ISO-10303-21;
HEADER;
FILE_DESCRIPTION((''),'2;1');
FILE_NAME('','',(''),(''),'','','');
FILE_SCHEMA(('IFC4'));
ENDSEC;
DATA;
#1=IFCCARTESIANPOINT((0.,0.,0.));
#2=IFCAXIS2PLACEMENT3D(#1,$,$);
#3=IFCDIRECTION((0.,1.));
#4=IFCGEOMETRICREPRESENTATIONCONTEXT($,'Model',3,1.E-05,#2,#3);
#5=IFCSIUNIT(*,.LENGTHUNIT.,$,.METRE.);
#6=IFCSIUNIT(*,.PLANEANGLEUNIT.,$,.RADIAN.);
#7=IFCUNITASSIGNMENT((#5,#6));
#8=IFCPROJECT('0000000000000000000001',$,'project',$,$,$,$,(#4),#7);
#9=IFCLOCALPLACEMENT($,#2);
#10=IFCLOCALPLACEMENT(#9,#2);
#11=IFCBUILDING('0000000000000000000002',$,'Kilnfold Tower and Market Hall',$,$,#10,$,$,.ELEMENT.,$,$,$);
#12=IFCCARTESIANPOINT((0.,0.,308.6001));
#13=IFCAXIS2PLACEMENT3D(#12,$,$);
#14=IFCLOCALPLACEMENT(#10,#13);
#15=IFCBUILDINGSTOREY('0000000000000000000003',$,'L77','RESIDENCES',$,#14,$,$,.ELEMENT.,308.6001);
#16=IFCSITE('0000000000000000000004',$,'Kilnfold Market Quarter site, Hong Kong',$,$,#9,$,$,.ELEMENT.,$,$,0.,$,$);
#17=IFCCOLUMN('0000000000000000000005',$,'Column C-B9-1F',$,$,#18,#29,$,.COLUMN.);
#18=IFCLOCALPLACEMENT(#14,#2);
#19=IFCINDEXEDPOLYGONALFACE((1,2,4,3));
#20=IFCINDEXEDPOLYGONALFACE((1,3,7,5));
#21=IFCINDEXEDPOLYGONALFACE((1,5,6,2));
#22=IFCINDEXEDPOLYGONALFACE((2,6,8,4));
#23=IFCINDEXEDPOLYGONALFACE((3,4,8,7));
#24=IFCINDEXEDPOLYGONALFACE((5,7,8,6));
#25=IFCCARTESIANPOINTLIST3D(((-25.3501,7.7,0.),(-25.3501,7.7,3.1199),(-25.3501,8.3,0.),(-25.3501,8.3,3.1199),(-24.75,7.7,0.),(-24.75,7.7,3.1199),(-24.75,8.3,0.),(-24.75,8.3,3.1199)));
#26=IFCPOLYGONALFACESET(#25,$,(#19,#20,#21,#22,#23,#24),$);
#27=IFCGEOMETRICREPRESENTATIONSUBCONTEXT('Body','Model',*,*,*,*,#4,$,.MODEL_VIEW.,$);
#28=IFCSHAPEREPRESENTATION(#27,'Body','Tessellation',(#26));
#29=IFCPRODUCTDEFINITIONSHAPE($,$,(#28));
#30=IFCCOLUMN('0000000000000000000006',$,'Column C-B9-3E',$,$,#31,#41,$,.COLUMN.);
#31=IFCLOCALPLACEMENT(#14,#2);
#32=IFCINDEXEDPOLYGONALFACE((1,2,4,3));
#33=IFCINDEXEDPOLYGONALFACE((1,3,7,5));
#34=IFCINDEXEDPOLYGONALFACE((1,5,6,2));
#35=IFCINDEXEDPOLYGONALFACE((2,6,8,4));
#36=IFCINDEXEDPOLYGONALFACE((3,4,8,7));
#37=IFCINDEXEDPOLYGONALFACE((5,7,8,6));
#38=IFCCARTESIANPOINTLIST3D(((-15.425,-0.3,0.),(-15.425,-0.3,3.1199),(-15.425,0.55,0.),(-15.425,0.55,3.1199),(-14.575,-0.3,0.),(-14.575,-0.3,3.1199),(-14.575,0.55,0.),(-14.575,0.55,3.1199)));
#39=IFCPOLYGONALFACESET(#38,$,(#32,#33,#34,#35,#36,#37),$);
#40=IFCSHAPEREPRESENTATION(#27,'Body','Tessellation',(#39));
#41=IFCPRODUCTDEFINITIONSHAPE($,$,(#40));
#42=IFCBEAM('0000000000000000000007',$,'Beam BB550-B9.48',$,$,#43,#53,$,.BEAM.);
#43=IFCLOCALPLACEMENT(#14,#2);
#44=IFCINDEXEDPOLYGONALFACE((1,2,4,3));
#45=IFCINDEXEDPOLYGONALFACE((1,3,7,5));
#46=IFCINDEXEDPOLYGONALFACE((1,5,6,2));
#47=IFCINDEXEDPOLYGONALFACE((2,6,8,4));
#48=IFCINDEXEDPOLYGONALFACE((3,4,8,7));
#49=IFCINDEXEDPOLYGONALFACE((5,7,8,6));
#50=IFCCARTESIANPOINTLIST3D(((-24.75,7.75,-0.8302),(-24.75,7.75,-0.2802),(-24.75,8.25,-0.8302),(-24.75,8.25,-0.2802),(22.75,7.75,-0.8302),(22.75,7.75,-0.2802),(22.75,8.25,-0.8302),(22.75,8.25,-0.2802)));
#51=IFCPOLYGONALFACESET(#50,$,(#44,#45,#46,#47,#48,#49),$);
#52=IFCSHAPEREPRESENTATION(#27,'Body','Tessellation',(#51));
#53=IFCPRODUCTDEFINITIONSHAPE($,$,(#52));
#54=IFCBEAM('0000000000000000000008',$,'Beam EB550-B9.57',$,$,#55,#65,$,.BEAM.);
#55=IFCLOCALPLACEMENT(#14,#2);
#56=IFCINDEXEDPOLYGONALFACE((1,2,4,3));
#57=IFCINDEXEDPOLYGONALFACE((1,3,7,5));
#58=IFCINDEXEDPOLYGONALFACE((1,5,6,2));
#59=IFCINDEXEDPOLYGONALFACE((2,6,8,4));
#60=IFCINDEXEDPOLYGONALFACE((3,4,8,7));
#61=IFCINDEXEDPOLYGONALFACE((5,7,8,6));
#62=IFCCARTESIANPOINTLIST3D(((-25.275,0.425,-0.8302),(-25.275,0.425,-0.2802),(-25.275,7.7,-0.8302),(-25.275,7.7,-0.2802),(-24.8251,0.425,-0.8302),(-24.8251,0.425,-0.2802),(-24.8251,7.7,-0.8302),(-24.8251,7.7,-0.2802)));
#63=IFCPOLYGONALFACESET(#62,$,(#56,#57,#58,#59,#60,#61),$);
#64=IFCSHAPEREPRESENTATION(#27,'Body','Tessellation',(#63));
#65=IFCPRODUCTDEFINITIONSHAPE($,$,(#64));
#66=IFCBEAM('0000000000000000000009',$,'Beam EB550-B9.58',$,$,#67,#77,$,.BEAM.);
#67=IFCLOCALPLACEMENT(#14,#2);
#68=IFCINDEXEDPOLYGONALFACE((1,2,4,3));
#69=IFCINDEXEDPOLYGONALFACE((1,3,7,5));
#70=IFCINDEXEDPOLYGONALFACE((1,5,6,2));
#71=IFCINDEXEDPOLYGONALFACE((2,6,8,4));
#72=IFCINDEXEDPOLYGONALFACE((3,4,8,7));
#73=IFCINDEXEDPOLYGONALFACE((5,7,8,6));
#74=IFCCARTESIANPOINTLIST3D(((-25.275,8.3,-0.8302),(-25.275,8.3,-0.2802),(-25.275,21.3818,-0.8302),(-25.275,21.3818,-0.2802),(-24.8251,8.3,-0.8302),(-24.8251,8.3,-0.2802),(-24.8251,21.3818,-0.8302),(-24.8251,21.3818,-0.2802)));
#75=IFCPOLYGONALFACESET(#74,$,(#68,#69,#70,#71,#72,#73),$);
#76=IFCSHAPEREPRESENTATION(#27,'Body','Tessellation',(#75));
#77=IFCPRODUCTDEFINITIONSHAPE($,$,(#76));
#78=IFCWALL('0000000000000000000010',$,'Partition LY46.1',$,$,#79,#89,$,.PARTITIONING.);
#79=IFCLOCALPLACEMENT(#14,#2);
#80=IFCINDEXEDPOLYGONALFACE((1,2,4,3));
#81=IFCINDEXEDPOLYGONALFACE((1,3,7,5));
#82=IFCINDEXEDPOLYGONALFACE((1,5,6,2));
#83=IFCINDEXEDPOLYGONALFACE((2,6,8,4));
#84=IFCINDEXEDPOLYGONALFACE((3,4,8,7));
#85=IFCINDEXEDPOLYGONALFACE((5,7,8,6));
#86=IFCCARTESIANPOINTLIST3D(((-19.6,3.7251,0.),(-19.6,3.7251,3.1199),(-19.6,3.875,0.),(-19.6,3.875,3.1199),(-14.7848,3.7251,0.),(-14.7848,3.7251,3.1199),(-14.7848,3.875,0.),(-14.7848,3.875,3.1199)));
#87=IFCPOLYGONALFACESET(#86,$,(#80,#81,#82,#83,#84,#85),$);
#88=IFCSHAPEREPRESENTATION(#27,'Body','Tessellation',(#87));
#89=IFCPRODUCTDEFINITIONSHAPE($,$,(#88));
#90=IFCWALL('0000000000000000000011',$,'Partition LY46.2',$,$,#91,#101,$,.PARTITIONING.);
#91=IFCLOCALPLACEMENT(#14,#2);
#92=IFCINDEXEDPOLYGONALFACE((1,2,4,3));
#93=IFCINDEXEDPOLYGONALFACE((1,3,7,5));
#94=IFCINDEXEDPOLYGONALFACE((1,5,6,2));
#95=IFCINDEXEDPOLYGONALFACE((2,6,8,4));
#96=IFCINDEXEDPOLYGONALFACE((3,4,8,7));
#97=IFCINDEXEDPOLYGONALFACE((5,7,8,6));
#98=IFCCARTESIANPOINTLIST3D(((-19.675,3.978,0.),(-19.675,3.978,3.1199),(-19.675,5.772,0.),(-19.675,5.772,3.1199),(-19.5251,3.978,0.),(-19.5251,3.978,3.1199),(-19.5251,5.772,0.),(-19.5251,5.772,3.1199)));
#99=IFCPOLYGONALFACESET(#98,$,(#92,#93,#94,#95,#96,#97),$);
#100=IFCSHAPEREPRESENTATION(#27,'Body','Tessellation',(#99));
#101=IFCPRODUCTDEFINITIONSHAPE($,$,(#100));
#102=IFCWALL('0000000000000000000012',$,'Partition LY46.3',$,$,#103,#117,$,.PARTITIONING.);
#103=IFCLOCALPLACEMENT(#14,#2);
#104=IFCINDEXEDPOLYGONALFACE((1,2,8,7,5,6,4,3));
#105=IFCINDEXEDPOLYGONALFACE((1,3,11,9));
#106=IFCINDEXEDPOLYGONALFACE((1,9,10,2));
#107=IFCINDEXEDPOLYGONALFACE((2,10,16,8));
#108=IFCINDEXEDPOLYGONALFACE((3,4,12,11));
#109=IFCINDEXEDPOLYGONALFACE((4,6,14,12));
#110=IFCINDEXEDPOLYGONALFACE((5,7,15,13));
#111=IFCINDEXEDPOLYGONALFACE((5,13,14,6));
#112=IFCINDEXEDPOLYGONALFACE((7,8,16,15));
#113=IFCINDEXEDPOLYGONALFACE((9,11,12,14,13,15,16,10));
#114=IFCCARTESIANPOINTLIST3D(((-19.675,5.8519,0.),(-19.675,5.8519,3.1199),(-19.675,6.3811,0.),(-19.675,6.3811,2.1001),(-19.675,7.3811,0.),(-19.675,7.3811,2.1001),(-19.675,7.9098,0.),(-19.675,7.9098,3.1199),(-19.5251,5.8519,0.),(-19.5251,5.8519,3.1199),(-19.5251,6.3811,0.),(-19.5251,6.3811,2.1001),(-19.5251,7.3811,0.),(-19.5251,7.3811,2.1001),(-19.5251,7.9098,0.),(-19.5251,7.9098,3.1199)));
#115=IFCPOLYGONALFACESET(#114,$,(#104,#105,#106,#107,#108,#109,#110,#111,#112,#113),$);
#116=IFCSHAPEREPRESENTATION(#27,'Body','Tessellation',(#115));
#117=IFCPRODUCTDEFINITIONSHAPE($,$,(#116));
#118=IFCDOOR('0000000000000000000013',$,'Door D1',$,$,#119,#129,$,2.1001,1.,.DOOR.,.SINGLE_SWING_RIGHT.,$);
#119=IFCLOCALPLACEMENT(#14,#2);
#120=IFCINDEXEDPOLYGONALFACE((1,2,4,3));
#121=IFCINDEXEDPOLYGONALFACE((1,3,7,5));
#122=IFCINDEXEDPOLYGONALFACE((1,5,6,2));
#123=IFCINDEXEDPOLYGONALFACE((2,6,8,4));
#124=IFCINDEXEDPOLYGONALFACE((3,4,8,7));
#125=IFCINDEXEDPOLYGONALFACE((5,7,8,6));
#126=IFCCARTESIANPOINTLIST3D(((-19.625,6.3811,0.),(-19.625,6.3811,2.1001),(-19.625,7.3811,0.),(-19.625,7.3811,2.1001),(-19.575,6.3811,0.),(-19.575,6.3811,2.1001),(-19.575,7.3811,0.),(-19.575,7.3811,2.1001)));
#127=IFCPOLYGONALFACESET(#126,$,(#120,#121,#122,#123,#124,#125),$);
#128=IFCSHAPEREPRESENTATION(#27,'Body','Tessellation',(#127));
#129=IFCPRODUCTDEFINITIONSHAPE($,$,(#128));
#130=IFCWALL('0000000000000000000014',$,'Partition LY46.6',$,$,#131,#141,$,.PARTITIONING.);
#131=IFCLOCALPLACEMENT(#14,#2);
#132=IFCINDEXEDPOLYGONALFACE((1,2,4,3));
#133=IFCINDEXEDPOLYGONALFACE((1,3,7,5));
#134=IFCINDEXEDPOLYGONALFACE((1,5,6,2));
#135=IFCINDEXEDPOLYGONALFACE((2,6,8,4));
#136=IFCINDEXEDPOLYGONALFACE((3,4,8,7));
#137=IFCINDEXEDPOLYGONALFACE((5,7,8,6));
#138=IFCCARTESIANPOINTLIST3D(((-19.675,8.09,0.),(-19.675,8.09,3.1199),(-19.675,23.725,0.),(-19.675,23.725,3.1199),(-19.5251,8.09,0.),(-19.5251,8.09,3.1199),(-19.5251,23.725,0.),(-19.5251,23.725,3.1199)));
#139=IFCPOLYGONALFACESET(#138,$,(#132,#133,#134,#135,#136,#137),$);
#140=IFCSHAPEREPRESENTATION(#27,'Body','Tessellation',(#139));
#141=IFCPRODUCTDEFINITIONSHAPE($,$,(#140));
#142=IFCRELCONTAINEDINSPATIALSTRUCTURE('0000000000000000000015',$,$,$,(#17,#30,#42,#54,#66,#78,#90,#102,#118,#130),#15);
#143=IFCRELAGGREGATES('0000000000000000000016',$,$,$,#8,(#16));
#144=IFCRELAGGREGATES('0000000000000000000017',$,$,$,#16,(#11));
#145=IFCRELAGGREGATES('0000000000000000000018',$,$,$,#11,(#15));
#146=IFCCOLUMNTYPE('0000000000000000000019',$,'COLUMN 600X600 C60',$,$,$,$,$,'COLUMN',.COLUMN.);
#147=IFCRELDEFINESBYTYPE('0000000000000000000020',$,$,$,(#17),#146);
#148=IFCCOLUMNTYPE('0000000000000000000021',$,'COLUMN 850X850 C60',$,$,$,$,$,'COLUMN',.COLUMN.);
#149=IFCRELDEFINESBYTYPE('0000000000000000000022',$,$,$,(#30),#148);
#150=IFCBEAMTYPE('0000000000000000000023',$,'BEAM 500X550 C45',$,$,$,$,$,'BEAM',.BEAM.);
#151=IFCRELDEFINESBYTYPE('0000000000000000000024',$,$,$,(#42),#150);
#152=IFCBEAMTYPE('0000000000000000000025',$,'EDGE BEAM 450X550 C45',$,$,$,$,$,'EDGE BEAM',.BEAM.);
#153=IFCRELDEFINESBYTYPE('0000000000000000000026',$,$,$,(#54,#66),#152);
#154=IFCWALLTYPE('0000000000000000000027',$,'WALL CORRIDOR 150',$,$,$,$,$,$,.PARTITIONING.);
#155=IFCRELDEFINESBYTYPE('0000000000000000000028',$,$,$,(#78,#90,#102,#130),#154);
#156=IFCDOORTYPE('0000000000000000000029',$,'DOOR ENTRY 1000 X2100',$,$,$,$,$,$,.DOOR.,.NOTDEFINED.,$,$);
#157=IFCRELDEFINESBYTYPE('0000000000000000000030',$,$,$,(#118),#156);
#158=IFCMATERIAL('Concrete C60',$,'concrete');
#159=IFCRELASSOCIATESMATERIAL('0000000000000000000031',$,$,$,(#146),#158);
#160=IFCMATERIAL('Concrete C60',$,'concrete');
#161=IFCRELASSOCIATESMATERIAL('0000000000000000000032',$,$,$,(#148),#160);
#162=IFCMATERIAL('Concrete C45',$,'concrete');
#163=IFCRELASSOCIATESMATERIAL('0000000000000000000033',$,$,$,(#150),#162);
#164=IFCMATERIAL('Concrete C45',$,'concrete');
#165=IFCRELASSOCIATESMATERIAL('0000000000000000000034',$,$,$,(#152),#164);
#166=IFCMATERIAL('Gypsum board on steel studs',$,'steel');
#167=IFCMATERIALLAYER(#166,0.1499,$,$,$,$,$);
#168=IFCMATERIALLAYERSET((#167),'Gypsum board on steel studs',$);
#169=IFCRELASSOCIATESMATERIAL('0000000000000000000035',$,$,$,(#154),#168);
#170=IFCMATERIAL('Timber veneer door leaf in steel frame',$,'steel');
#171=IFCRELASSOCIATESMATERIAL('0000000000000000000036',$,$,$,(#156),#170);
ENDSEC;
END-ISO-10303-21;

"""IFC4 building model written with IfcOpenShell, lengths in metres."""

from ifc_helpers import new_model, si_unit, direction, frame, frame_2d, origin, origin_2d, place, context, subcontext, project, spatial, rectangle, extrude, source, transform, mapped, material, layer, layer_set, material_profile, profile_set, type_object, element, fill, save


model = new_model("IFC4")

# Units and contexts
model_context = context("Model", 3, precision=1e-05, world=origin(), true_north=direction((0.0, 1.0)))
body_context = subcontext(model_context, "Body", "Model", "MODEL_VIEW")
ifc_project = project(units=[si_unit("LENGTHUNIT", "METRE"), si_unit("PLANEANGLEUNIT", "RADIAN")], contexts=[model_context])

# Site, building, storey
site_placement = place(None, origin())
site = spatial("IfcSite", under=ifc_project, at=site_placement, Name="Kilnfold Market Quarter site, Hong Kong", CompositionType="ELEMENT", RefElevation=0.0)
building_placement = place(site_placement, origin())
building = spatial("IfcBuilding", under=site, at=building_placement, Name="Kilnfold Tower and Market Hall", CompositionType="ELEMENT")
storey_placement = place(building_placement, frame((0.0, 0.0, 308.6001)))
storey = spatial("IfcBuildingStorey", under=building, at=storey_placement, Name="L77", Description="RESIDENCES", CompositionType="ELEMENT", Elevation=308.6001)

# Columns
ifc_material_1 = material(Name="Concrete C60", Category="concrete")
ifc_material_profile_1 = material_profile(ifc_material_1, rectangle(XDim=0.6001, YDim=0.6001, at=origin_2d()), Name="RC 600x600")
ifc_profile_set_1 = profile_set([ifc_material_profile_1], Name="Concrete C60")
column_type_1 = type_object("IfcColumnType", Name="COLUMN 600X600 C60", ElementType="COLUMN", PredefinedType="COLUMN", material=ifc_profile_set_1)
shared_shape_1 = source(origin(), body_context, "Body", "SweptSolid", [
    extrude(rectangle(XDim=0.6001, YDim=0.6001, at=origin_2d()), origin(), (0.0, 0.0, 1.0), 3.1199),
])
column_1_placement = place(storey_placement, frame((-25.05, 8.0, 0.0), z_axis=(0.0, 0.0, 1.0), x_axis=(1.0, 0.0, 0.0)))
element("IfcColumn", 1, at=column_1_placement, inside=storey, type_object=column_type_1, Name="Column C-B9-1F", PredefinedType="COLUMN", context=body_context, shape_type="MappedRepresentation", body=[
    mapped(shared_shape_1, transform((0.0, 0.0, 0.0))),
])
ifc_material_2 = material(Name="Concrete C60", Category="concrete")
ifc_material_profile_2 = material_profile(ifc_material_2, rectangle(XDim=0.8501, YDim=0.8501, at=origin_2d()), Name="RC 850x850")
ifc_profile_set_2 = profile_set([ifc_material_profile_2], Name="Concrete C60")
column_type_2 = type_object("IfcColumnType", Name="COLUMN 850X850 C60", ElementType="COLUMN", PredefinedType="COLUMN", material=ifc_profile_set_2)
shared_shape_2 = source(origin(), body_context, "Body", "SweptSolid", [
    extrude(rectangle(XDim=0.8501, YDim=0.8501, at=origin_2d()), origin(), (0.0, 0.0, 1.0), 3.1199),
])
column_2_placement = place(storey_placement, frame((-15.0, 0.125, 0.0), z_axis=(0.0, 0.0, 1.0), x_axis=(1.0, 0.0, 0.0)))
element("IfcColumn", 2, at=column_2_placement, inside=storey, type_object=column_type_2, Name="Column C-B9-3E", PredefinedType="COLUMN", context=body_context, shape_type="MappedRepresentation", body=[
    mapped(shared_shape_2, transform((0.0, 0.0, 0.0))),
])

# Beams
ifc_material_3 = material(Name="Concrete C45", Category="concrete")
ifc_material_profile_3 = material_profile(ifc_material_3, rectangle(XDim=0.5, YDim=0.55, at=origin_2d()), Name="RC 500x550")
ifc_profile_set_3 = profile_set([ifc_material_profile_3], Name="Concrete C45")
beam_type_1 = type_object("IfcBeamType", Name="BEAM 500X550 C45", ElementType="BEAM", PredefinedType="BEAM", material=ifc_profile_set_3)
shared_shape_3 = source(origin(), body_context, "Body", "SweptSolid", [
    extrude(rectangle(XDim=0.5, YDim=0.55, at=origin_2d()), origin(), (0.0, 0.0, 1.0), 47.5),
])
beam_1_placement = place(storey_placement, frame((-24.75, 8.0, -0.5552), z_axis=(1.0, 0.0, 0.0), x_axis=(0.0, 1.0, 0.0)))
element("IfcBeam", 3, at=beam_1_placement, inside=storey, type_object=beam_type_1, Name="Beam BB550-B9.48", PredefinedType="BEAM", context=body_context, shape_type="MappedRepresentation", body=[
    mapped(shared_shape_3, transform((0.0, 0.0, 0.0))),
])
ifc_material_4 = material(Name="Concrete C45", Category="concrete")
ifc_material_profile_4 = material_profile(ifc_material_4, rectangle(XDim=0.45, YDim=0.55, at=origin_2d()), Name="RC 450x550")
ifc_profile_set_4 = profile_set([ifc_material_profile_4], Name="Concrete C45")
beam_type_2 = type_object("IfcBeamType", Name="EDGE BEAM 450X550 C45", ElementType="EDGE BEAM", PredefinedType="BEAM", material=ifc_profile_set_4)
shared_shape_4 = source(origin(), body_context, "Body", "SweptSolid", [
    extrude(rectangle(XDim=0.45, YDim=0.55, at=origin_2d()), origin(), (0.0, 0.0, 1.0), 7.2749),
])
beam_2_placement = place(storey_placement, frame((-25.05, 0.425, -0.5552), z_axis=(0.0, 1.0, 0.0), x_axis=(-1.0, 0.0, 0.0)))
element("IfcBeam", 4, at=beam_2_placement, inside=storey, type_object=beam_type_2, Name="Beam EB550-B9.57", PredefinedType="BEAM", context=body_context, shape_type="MappedRepresentation", body=[
    mapped(shared_shape_4, transform((0.0, 0.0, 0.0))),
])
shared_shape_5 = source(origin(), body_context, "Body", "SweptSolid", [
    extrude(rectangle(XDim=0.45, YDim=0.55, at=origin_2d()), origin(), (0.0, 0.0, 1.0), 13.0818),
])
beam_3_placement = place(storey_placement, frame((-25.05, 8.3, -0.5552), z_axis=(0.0, 1.0, 0.0), x_axis=(-1.0, 0.0, 0.0)))
element("IfcBeam", 5, at=beam_3_placement, inside=storey, type_object=beam_type_2, Name="Beam EB550-B9.58", PredefinedType="BEAM", context=body_context, shape_type="MappedRepresentation", body=[
    mapped(shared_shape_5, transform((0.0, 0.0, 0.0))),
])

# Walls
ifc_material_5 = material(Name="Gypsum board on steel studs", Category="steel")
ifc_layer_1 = layer(ifc_material_5, 0.1499)
ifc_layer_set_1 = layer_set([ifc_layer_1], Name="Gypsum board on steel studs")
wall_type_1 = type_object("IfcWallType", Name="WALL CORRIDOR 150", PredefinedType="PARTITIONING", material=ifc_layer_set_1)
wall_1_placement = place(storey_placement, frame((-19.6001, 3.8, 0.0), z_axis=(0.0, 0.0, 1.0), x_axis=(1.0, 0.0, 0.0)))
element("IfcWall", 6, at=wall_1_placement, inside=storey, type_object=wall_type_1, Name="Partition LY46.1", PredefinedType="PARTITIONING", context=body_context, shape_type="SweptSolid", body=[
    extrude(rectangle(XDim=4.8152, YDim=0.1499, at=frame_2d((2.4077, 0.0))), origin(), (0.0, 0.0, 1.0), 3.1199),
])
wall_2_placement = place(storey_placement, frame((-19.6001, 3.978, 0.0), z_axis=(0.0, 0.0, 1.0), x_axis=(0.0, 1.0, 0.0)))
element("IfcWall", 7, at=wall_2_placement, inside=storey, type_object=wall_type_1, Name="Partition LY46.2", PredefinedType="PARTITIONING", context=body_context, shape_type="SweptSolid", body=[
    extrude(rectangle(XDim=1.7939, YDim=0.1499, at=frame_2d((0.897, 0.0))), origin(), (0.0, 0.0, 1.0), 3.1199),
])

# Wall, opening, door
wall_3_placement = place(storey_placement, frame((-19.6001, 5.8521, 0.0), z_axis=(0.0, 0.0, 1.0), x_axis=(0.0, 1.0, 0.0)))
wall_3 = element("IfcWall", 8, at=wall_3_placement, inside=storey, type_object=wall_type_1, Name="Partition LY46.3", PredefinedType="PARTITIONING", context=body_context, shape_type="SweptSolid", body=[
    extrude(rectangle(XDim=2.0579, YDim=0.1499, at=frame_2d((1.0288, 0.0))), origin(), (0.0, 0.0, 1.0), 3.1199),
])
opening_1_placement = place(wall_3_placement, frame((0.5291, 0.0, 0.0)))
opening_1 = element("IfcOpeningElement", 9, at=opening_1_placement, cuts=wall_3, PredefinedType="OPENING", context=body_context, shape_type="SweptSolid", body=[
    extrude(rectangle(XDim=1.0, YDim=2.1001, at=frame_2d((0.5, 1.05))), frame((0.0, 0.085, 0.0), z_axis=(0.0, -1.0, 0.0), x_axis=(1.0, 0.0, 0.0)), (0.0, 0.0, 1.0), 0.1699),
])
ifc_material_6 = material(Name="Timber veneer door leaf in steel frame", Category="steel")
door_type_1 = type_object("IfcDoorType", Name="DOOR ENTRY 1000 X2100", OperationType="NOTDEFINED", PredefinedType="DOOR", material=ifc_material_6)
door_1_placement = place(opening_1_placement, origin())
door_1 = element("IfcDoor", 10, at=door_1_placement, inside=storey, type_object=door_type_1, Name="Door D1", OperationType="SINGLE_SWING_RIGHT", OverallHeight=2.1001, OverallWidth=1.0, PredefinedType="DOOR", context=body_context, shape_type="SweptSolid", body=[
    extrude(rectangle(XDim=1.0, YDim=2.1001, at=frame_2d((0.5, 1.05))), frame((0.0, 0.0249, 0.0), z_axis=(0.0, -1.0, 0.0), x_axis=(1.0, 0.0, 0.0)), (0.0, 0.0, 1.0), 0.05),
])
fill(opening_1, door_1)

# Wall
wall_4_placement = place(storey_placement, frame((-19.6001, 8.0901, 0.0), z_axis=(0.0, 0.0, 1.0), x_axis=(0.0, 1.0, 0.0)))
element("IfcWall", 11, at=wall_4_placement, inside=storey, type_object=wall_type_1, Name="Partition LY46.6", PredefinedType="PARTITIONING", context=body_context, shape_type="SweptSolid", body=[
    extrude(rectangle(XDim=15.635, YDim=0.1499, at=frame_2d((7.8174, 0.0))), origin(), (0.0, 0.0, 1.0), 3.1199),
])

save(model, "model.ifc")
